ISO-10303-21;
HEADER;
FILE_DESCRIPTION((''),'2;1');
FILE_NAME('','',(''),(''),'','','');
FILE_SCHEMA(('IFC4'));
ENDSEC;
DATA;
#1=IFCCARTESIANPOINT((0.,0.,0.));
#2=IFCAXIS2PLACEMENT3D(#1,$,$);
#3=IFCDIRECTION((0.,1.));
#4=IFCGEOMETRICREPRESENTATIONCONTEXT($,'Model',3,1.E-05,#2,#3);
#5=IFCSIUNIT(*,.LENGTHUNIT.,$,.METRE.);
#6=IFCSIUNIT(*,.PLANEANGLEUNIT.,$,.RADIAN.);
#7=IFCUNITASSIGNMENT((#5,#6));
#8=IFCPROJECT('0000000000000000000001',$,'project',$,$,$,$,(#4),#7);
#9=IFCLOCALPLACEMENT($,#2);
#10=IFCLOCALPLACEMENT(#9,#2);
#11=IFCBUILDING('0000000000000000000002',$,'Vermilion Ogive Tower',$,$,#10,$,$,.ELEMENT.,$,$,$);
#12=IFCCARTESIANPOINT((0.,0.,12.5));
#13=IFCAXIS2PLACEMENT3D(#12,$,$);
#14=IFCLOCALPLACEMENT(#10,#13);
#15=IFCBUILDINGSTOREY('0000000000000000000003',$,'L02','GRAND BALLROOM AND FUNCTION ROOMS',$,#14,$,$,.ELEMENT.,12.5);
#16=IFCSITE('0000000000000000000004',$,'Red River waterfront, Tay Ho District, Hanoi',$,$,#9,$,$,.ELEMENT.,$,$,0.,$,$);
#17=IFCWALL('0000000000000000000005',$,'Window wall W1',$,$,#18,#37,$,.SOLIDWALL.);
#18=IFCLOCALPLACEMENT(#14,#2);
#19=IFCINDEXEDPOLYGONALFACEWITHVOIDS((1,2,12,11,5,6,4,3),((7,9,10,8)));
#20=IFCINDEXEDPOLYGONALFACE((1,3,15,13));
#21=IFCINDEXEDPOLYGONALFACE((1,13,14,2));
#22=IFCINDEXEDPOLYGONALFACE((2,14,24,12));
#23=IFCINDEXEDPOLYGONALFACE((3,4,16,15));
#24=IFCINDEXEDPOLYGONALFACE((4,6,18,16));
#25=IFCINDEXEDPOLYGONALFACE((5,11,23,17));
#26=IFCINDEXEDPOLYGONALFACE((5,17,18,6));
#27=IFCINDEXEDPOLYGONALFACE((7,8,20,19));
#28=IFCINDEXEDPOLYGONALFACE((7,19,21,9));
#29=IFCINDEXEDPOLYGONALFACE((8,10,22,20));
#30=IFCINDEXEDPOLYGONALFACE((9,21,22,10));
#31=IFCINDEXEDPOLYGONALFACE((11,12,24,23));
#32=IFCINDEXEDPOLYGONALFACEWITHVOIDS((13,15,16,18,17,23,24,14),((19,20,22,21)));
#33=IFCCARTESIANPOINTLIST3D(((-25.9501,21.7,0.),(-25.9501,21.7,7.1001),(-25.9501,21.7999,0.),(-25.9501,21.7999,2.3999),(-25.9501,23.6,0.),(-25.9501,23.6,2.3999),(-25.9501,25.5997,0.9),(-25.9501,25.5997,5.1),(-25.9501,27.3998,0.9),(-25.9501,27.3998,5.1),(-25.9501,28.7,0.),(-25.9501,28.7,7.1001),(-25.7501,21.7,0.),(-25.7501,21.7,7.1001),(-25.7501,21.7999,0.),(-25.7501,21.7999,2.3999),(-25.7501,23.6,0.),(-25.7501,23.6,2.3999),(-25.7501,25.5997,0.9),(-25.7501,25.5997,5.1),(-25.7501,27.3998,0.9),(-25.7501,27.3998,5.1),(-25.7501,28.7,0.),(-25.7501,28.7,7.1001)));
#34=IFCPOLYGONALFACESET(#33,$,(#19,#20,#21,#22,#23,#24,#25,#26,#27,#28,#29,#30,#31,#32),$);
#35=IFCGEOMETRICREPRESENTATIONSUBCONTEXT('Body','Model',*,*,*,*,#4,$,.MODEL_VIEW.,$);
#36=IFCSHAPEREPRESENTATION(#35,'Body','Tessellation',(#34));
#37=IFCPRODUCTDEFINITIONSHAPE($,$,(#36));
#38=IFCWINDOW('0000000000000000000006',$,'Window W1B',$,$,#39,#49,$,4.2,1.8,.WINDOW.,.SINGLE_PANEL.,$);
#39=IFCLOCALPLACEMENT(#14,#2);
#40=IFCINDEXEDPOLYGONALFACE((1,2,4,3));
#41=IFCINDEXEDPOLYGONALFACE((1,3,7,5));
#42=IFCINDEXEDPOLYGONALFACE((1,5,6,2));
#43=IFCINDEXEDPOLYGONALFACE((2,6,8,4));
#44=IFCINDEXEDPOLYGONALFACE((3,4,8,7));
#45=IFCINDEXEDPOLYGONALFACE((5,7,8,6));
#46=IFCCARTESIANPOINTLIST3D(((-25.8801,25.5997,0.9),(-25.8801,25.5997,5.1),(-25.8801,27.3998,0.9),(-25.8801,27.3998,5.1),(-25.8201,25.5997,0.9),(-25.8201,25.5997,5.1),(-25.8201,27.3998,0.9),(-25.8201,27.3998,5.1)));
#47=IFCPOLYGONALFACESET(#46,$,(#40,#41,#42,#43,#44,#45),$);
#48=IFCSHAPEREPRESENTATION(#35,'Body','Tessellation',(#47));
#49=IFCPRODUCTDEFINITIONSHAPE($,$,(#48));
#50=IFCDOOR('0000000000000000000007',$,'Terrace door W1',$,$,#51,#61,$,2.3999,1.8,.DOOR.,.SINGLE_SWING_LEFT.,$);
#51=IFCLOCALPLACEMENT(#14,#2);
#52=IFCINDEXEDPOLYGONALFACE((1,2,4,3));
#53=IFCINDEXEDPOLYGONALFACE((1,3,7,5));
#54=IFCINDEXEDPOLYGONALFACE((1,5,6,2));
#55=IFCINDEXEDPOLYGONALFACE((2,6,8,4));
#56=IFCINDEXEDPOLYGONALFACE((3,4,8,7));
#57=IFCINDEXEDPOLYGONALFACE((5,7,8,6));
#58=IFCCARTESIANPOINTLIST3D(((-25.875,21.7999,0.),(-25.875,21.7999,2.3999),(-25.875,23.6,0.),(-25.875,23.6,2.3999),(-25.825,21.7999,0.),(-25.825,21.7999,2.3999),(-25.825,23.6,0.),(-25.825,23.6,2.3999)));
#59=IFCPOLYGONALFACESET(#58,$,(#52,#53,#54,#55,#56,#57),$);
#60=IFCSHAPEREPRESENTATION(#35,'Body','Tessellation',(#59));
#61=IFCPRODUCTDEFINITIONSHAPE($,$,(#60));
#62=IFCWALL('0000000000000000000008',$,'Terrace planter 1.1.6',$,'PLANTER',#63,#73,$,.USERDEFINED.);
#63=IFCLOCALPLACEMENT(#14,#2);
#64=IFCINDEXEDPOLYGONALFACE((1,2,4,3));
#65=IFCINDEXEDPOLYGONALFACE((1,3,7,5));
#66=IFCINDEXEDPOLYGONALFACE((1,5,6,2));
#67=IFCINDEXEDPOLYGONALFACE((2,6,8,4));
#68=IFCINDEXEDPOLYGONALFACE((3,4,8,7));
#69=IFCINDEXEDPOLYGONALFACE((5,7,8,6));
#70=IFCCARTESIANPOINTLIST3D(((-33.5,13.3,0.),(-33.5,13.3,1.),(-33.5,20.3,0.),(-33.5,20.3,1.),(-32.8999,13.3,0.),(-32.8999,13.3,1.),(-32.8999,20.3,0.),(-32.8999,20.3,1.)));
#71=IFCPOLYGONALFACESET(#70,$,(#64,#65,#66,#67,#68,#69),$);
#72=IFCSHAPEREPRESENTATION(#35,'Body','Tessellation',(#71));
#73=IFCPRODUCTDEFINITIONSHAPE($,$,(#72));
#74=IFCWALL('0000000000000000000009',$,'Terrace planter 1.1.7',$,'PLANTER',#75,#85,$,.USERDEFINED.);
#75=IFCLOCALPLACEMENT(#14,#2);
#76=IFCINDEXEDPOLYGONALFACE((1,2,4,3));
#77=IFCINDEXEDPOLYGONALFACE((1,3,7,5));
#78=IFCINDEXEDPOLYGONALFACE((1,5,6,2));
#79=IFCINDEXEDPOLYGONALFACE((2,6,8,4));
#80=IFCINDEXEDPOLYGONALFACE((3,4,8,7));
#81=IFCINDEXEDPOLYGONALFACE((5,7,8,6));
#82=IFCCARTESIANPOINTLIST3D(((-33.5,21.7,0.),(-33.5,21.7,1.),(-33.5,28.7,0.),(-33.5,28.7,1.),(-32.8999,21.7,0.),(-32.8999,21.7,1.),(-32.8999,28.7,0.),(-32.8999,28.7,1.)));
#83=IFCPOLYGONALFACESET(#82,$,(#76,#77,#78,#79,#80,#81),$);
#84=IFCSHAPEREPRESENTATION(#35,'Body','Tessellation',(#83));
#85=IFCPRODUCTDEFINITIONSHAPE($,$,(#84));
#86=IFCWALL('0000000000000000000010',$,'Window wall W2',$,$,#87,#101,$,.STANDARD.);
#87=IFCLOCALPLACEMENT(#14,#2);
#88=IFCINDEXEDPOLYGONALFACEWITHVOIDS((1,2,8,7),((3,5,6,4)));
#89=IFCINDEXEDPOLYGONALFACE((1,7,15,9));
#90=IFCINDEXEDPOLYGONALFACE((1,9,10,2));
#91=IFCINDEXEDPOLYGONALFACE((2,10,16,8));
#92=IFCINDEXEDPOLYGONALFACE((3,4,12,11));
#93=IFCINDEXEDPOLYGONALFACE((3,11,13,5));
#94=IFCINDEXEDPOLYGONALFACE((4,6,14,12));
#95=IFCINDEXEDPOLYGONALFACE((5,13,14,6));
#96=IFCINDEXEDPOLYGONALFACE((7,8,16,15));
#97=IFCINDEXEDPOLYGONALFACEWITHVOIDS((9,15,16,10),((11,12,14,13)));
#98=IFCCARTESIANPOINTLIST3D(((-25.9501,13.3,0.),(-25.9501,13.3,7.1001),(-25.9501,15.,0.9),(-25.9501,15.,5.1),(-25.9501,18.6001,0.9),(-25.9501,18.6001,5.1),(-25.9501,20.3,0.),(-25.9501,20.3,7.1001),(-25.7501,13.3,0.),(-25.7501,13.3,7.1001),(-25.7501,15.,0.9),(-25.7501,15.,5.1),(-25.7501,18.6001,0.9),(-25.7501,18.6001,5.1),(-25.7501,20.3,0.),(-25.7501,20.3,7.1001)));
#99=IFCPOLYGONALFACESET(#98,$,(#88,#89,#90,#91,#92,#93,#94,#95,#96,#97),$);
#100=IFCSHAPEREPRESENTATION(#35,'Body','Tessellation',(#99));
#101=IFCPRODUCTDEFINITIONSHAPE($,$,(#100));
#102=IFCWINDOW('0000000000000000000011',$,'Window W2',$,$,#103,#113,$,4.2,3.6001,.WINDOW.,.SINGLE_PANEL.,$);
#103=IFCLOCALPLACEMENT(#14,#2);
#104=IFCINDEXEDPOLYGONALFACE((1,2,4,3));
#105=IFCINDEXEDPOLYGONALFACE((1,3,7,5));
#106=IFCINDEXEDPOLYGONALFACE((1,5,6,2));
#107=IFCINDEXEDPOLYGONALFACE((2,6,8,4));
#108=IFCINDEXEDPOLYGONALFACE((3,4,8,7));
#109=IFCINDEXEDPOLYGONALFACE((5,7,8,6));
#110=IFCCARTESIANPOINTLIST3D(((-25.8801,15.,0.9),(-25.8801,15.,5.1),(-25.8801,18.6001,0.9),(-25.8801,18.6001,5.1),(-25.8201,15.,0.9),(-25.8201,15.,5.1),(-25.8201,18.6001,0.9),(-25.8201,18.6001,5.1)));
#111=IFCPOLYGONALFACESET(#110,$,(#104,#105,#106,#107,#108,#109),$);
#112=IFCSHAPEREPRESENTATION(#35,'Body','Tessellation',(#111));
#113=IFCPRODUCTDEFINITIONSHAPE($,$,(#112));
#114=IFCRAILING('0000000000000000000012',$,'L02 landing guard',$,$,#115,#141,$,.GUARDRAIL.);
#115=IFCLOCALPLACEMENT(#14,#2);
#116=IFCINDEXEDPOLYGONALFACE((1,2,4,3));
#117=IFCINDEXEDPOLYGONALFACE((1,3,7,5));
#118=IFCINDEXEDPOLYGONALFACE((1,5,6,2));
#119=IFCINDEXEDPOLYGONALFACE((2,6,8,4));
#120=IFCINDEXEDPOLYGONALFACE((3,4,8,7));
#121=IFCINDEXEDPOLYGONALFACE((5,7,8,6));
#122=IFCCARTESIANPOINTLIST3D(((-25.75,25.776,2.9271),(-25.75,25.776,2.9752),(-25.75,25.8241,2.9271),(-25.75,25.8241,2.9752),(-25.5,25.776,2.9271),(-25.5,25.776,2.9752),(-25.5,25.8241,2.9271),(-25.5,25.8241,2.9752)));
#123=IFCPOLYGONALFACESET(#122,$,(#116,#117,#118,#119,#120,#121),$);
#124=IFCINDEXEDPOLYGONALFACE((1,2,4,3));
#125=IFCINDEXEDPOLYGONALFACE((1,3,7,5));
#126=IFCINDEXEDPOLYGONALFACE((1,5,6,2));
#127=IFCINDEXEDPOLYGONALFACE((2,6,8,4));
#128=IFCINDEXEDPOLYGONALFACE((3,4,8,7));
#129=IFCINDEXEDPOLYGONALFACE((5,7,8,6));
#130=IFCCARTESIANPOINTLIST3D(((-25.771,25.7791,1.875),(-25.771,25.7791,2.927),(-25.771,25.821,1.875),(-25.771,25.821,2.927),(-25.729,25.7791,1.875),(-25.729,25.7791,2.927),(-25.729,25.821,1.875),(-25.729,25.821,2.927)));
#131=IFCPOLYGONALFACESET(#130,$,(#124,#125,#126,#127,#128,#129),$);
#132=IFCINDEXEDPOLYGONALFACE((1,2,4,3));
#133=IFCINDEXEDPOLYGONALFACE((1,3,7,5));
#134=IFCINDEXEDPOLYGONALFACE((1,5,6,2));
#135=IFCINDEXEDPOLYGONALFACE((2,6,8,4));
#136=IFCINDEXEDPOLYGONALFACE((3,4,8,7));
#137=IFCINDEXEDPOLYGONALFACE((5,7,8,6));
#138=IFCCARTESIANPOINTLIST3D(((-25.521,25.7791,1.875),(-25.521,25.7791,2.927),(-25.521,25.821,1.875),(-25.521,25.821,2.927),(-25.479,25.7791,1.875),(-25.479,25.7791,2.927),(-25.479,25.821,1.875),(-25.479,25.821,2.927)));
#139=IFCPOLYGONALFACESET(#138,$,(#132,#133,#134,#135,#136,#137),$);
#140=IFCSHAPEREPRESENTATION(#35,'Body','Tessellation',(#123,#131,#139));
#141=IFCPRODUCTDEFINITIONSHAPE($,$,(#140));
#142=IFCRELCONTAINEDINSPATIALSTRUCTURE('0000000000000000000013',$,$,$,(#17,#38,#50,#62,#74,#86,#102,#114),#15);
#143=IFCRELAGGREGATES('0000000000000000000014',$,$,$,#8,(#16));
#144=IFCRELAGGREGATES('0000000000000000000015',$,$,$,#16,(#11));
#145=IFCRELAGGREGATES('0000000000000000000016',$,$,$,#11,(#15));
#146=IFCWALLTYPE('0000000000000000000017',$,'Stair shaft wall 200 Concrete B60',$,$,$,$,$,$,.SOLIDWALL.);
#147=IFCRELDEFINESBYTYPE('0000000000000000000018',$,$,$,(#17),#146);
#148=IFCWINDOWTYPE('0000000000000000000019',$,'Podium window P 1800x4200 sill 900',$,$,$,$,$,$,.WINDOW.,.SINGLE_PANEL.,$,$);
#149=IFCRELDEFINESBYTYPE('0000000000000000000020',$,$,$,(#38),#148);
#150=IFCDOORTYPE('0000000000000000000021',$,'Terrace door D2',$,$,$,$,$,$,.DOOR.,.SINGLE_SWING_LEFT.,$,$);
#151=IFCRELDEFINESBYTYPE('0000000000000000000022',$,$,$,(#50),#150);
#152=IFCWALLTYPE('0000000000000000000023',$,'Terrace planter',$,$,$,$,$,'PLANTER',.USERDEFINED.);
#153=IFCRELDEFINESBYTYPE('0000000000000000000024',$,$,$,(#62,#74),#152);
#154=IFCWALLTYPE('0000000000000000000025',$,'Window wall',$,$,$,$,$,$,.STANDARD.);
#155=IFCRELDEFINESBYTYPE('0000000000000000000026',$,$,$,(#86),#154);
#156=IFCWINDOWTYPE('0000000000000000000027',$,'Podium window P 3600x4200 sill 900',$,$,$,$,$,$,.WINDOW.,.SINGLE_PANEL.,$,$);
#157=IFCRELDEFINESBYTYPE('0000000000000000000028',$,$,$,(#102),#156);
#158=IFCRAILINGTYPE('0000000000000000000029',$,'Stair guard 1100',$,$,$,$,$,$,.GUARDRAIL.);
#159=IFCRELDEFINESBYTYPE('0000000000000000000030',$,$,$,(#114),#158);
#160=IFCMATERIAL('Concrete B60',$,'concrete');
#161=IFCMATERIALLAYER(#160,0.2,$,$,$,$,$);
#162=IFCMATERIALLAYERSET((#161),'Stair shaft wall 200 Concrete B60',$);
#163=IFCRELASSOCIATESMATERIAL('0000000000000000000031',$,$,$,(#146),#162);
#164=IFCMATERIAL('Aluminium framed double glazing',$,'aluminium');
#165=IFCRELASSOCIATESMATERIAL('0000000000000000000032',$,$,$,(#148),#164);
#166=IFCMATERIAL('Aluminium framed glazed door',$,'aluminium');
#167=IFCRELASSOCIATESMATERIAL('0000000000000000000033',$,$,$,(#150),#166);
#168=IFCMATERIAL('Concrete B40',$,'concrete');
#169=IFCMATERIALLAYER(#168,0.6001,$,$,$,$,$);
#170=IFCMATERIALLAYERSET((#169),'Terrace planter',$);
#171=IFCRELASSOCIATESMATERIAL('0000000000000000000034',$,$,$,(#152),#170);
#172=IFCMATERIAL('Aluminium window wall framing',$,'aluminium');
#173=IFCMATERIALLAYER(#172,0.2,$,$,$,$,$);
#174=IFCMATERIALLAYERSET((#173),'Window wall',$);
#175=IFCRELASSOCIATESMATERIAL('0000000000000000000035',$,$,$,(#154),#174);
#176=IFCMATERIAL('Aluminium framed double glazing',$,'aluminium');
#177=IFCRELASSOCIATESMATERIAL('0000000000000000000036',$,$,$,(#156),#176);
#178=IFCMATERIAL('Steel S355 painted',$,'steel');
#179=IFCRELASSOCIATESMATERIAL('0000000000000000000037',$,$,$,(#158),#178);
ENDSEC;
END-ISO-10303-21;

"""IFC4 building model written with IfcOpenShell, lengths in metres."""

from ifc_helpers import new_model, si_unit, direction, frame, frame_2d, origin, origin_2d, place, context, subcontext, project, spatial, rectangle, extrude, material, layer, layer_set, type_object, element, fill, save


model = new_model("IFC4")

# Units and contexts
model_context = context("Model", 3, precision=1e-05, world=origin(), true_north=direction((0.0, 1.0)))
body_context = subcontext(model_context, "Body", "Model", "MODEL_VIEW")
ifc_project = project(units=[si_unit("LENGTHUNIT", "METRE"), si_unit("PLANEANGLEUNIT", "RADIAN")], contexts=[model_context])

# Site, building, storey
site_placement = place(None, origin())
site = spatial("IfcSite", under=ifc_project, at=site_placement, Name="Red River waterfront, Tay Ho District, Hanoi", CompositionType="ELEMENT", RefElevation=0.0)
building_placement = place(site_placement, origin())
building = spatial("IfcBuilding", under=site, at=building_placement, Name="Vermilion Ogive Tower", CompositionType="ELEMENT")
storey_placement = place(building_placement, frame((0.0, 0.0, 12.5)))
storey = spatial("IfcBuildingStorey", under=building, at=storey_placement, Name="L02", Description="GRAND BALLROOM AND FUNCTION ROOMS", CompositionType="ELEMENT", Elevation=12.5)

# Shared definitions
ifc_material_1 = material(Name="Concrete B60", Category="concrete")
ifc_layer_1 = layer(ifc_material_1, 0.2)
ifc_layer_set_1 = layer_set([ifc_layer_1], Name="Stair shaft wall 200 Concrete B60")
wall_type_1 = type_object("IfcWallType", Name="Stair shaft wall 200 Concrete B60", PredefinedType="SOLIDWALL", material=ifc_layer_set_1)

# Wall, openings, window, door
wall_1_placement = place(storey_placement, frame((-25.8501, 21.7, 0.0), z_axis=(0.0, 0.0, 1.0), x_axis=(0.0, 1.0, 0.0)))
wall_1 = element("IfcWall", 1, at=wall_1_placement, inside=storey, type_object=wall_type_1, Name="Window wall W1", PredefinedType="SOLIDWALL", context=body_context, shape_type="SweptSolid", body=[
    extrude(rectangle(XDim=7.0, YDim=0.2, at=frame_2d((3.5, 0.0))), origin(), (0.0, 0.0, 1.0), 7.1001),
])
opening_1_placement = place(wall_1_placement, frame((0.1001, 0.0, 0.0)))
opening_1 = element("IfcOpeningElement", 2, at=opening_1_placement, cuts=wall_1, PredefinedType="OPENING", context=body_context, shape_type="SweptSolid", body=[
    extrude(rectangle(XDim=1.8, YDim=2.3999, at=frame_2d((0.8999, 1.2))), frame((0.0, 0.1099, 0.0), z_axis=(0.0, -1.0, 0.0), x_axis=(1.0, 0.0, 0.0)), (0.0, 0.0, 1.0), 0.22),
])
opening_2_placement = place(wall_1_placement, frame((3.8999, 0.0, 0.8999)))
opening_2 = element("IfcOpeningElement", 3, at=opening_2_placement, cuts=wall_1, PredefinedType="OPENING", context=body_context, shape_type="SweptSolid", body=[
    extrude(rectangle(XDim=1.8, YDim=4.2, at=frame_2d((0.8999, 2.1001))), frame((0.0, 0.1099, 0.0), z_axis=(0.0, -1.0, 0.0), x_axis=(1.0, 0.0, 0.0)), (0.0, 0.0, 1.0), 0.22),
])
ifc_material_2 = material(Name="Aluminium framed double glazing", Category="aluminium")
window_type_1 = type_object("IfcWindowType", Name="Podium window P 1800x4200 sill 900", PartitioningType="SINGLE_PANEL", PredefinedType="WINDOW", material=ifc_material_2)
window_1_placement = place(opening_2_placement, origin())
window_1 = element("IfcWindow", 4, at=window_1_placement, inside=storey, type_object=window_type_1, Name="Window W1B", OverallHeight=4.2, OverallWidth=1.8, PartitioningType="SINGLE_PANEL", PredefinedType="WINDOW", context=body_context, shape_type="SweptSolid", body=[
    extrude(rectangle(XDim=1.8, YDim=4.2, at=frame_2d((0.8999, 2.1001))), frame((0.0, 0.03, 0.0), z_axis=(0.0, -1.0, 0.0), x_axis=(1.0, 0.0, 0.0)), (0.0, 0.0, 1.0), 0.0601),
])
fill(opening_2, window_1)
ifc_material_3 = material(Name="Aluminium framed glazed door", Category="aluminium")
door_type_1 = type_object("IfcDoorType", Name="Terrace door D2", OperationType="SINGLE_SWING_LEFT", PredefinedType="DOOR", material=ifc_material_3)
door_1_placement = place(opening_1_placement, origin())
door_1 = element("IfcDoor", 5, at=door_1_placement, inside=storey, type_object=door_type_1, Name="Terrace door W1", OperationType="SINGLE_SWING_LEFT", OverallHeight=2.3999, OverallWidth=1.8, PredefinedType="DOOR", context=body_context, shape_type="SweptSolid", body=[
    extrude(rectangle(XDim=1.8, YDim=2.3999, at=frame_2d((0.8999, 1.2))), frame((0.0, 0.0249, 0.0), z_axis=(0.0, -1.0, 0.0), x_axis=(1.0, 0.0, 0.0)), (0.0, 0.0, 1.0), 0.05),
])
fill(opening_1, door_1)

# Walls
ifc_material_4 = material(Name="Concrete B40", Category="concrete")
ifc_layer_2 = layer(ifc_material_4, 0.6001)
ifc_layer_set_2 = layer_set([ifc_layer_2], Name="Terrace planter")
wall_type_2 = type_object("IfcWallType", Name="Terrace planter", ElementType="PLANTER", PredefinedType="USERDEFINED", material=ifc_layer_set_2)
for number, where, z_axis, x_axis, name in (
    (6, (-33.2, 13.3, 0.0), (0.0, 0.0, 1.0), (0.0, 1.0, 0.0), "Terrace planter 1.1.6"),
    (7, (-33.2, 21.7, 0.0), (0.0, 0.0, 1.0), (0.0, 1.0, 0.0), "Terrace planter 1.1.7"),
):
    element("IfcWall", number, at=place(storey_placement, frame(where, z_axis=z_axis, x_axis=x_axis)), inside=storey, type_object=wall_type_2, Name=name, ObjectType="PLANTER", PredefinedType="USERDEFINED", context=body_context, shape_type="SweptSolid", body=[
        extrude(rectangle(XDim=7.0, YDim=0.6001, at=frame_2d((3.5, 0.0))), origin(), (0.0, 0.0, 1.0), 1.0),
    ])

# Wall, opening, window
ifc_material_5 = material(Name="Aluminium window wall framing", Category="aluminium")
ifc_layer_3 = layer(ifc_material_5, 0.2)
ifc_layer_set_3 = layer_set([ifc_layer_3], Name="Window wall")
wall_type_3 = type_object("IfcWallType", Name="Window wall", PredefinedType="STANDARD", material=ifc_layer_set_3)
wall_2_placement = place(storey_placement, frame((-25.8501, 20.3, 0.0), z_axis=(0.0, 0.0, 1.0), x_axis=(0.0, -1.0, 0.0)))
wall_2 = element("IfcWall", 8, at=wall_2_placement, inside=storey, type_object=wall_type_3, Name="Window wall W2", PredefinedType="STANDARD", context=body_context, shape_type="SweptSolid", body=[
    extrude(rectangle(XDim=7.0, YDim=0.2, at=frame_2d((3.5, 0.0))), origin(), (0.0, 0.0, 1.0), 7.1001),
])
opening_3_placement = place(wall_2_placement, frame((1.7, 0.0, 0.8999)))
opening_3 = element("IfcOpeningElement", 9, at=opening_3_placement, cuts=wall_2, PredefinedType="OPENING", context=body_context, shape_type="SweptSolid", body=[
    extrude(rectangle(XDim=3.6001, YDim=4.2, at=frame_2d((1.8, 2.1001))), frame((0.0, 0.1099, 0.0), z_axis=(0.0, -1.0, 0.0), x_axis=(1.0, 0.0, 0.0)), (0.0, 0.0, 1.0), 0.22),
])
ifc_material_6 = material(Name="Aluminium framed double glazing", Category="aluminium")
window_type_2 = type_object("IfcWindowType", Name="Podium window P 3600x4200 sill 900", PartitioningType="SINGLE_PANEL", PredefinedType="WINDOW", material=ifc_material_6)
window_2_placement = place(opening_3_placement, origin())
window_2 = element("IfcWindow", 10, at=window_2_placement, inside=storey, type_object=window_type_2, Name="Window W2", OverallHeight=4.2, OverallWidth=3.6001, PartitioningType="SINGLE_PANEL", PredefinedType="WINDOW", context=body_context, shape_type="SweptSolid", body=[
    extrude(rectangle(XDim=3.6001, YDim=4.2, at=frame_2d((1.8, 2.1001))), frame((0.0, 0.03, 0.0), z_axis=(0.0, -1.0, 0.0), x_axis=(1.0, 0.0, 0.0)), (0.0, 0.0, 1.0), 0.0601),
])
fill(opening_3, window_2)

# Railing
ifc_material_7 = material(Name="Steel S355 painted", Category="steel")
railing_type = type_object("IfcRailingType", Name="Stair guard 1100", PredefinedType="GUARDRAIL", material=ifc_material_7)
railing_placement = place(storey_placement, frame((-25.75, 25.8, 1.875)))
element("IfcRailing", 11, at=railing_placement, inside=storey, type_object=railing_type, Name="L02 landing guard", PredefinedType="GUARDRAIL", context=body_context, shape_type="SweptSolid", body=[
    extrude(rectangle(XDim=0.0481, YDim=0.0481, at=origin_2d()), frame((0.0, 0.0, 1.0762), z_axis=(1.0, 0.0, 0.0), x_axis=(0.0, 1.0, 0.0)), (0.0, 0.0, 1.0), 0.25),
    extrude(rectangle(XDim=0.042, YDim=0.042, at=origin_2d()), origin(), (0.0, 0.0, 1.0), 1.052),
    extrude(rectangle(XDim=0.042, YDim=0.042, at=origin_2d()), frame((0.25, 0.0, 0.0)), (0.0, 0.0, 1.0), 1.052),
])

save(model, "model.ifc")
